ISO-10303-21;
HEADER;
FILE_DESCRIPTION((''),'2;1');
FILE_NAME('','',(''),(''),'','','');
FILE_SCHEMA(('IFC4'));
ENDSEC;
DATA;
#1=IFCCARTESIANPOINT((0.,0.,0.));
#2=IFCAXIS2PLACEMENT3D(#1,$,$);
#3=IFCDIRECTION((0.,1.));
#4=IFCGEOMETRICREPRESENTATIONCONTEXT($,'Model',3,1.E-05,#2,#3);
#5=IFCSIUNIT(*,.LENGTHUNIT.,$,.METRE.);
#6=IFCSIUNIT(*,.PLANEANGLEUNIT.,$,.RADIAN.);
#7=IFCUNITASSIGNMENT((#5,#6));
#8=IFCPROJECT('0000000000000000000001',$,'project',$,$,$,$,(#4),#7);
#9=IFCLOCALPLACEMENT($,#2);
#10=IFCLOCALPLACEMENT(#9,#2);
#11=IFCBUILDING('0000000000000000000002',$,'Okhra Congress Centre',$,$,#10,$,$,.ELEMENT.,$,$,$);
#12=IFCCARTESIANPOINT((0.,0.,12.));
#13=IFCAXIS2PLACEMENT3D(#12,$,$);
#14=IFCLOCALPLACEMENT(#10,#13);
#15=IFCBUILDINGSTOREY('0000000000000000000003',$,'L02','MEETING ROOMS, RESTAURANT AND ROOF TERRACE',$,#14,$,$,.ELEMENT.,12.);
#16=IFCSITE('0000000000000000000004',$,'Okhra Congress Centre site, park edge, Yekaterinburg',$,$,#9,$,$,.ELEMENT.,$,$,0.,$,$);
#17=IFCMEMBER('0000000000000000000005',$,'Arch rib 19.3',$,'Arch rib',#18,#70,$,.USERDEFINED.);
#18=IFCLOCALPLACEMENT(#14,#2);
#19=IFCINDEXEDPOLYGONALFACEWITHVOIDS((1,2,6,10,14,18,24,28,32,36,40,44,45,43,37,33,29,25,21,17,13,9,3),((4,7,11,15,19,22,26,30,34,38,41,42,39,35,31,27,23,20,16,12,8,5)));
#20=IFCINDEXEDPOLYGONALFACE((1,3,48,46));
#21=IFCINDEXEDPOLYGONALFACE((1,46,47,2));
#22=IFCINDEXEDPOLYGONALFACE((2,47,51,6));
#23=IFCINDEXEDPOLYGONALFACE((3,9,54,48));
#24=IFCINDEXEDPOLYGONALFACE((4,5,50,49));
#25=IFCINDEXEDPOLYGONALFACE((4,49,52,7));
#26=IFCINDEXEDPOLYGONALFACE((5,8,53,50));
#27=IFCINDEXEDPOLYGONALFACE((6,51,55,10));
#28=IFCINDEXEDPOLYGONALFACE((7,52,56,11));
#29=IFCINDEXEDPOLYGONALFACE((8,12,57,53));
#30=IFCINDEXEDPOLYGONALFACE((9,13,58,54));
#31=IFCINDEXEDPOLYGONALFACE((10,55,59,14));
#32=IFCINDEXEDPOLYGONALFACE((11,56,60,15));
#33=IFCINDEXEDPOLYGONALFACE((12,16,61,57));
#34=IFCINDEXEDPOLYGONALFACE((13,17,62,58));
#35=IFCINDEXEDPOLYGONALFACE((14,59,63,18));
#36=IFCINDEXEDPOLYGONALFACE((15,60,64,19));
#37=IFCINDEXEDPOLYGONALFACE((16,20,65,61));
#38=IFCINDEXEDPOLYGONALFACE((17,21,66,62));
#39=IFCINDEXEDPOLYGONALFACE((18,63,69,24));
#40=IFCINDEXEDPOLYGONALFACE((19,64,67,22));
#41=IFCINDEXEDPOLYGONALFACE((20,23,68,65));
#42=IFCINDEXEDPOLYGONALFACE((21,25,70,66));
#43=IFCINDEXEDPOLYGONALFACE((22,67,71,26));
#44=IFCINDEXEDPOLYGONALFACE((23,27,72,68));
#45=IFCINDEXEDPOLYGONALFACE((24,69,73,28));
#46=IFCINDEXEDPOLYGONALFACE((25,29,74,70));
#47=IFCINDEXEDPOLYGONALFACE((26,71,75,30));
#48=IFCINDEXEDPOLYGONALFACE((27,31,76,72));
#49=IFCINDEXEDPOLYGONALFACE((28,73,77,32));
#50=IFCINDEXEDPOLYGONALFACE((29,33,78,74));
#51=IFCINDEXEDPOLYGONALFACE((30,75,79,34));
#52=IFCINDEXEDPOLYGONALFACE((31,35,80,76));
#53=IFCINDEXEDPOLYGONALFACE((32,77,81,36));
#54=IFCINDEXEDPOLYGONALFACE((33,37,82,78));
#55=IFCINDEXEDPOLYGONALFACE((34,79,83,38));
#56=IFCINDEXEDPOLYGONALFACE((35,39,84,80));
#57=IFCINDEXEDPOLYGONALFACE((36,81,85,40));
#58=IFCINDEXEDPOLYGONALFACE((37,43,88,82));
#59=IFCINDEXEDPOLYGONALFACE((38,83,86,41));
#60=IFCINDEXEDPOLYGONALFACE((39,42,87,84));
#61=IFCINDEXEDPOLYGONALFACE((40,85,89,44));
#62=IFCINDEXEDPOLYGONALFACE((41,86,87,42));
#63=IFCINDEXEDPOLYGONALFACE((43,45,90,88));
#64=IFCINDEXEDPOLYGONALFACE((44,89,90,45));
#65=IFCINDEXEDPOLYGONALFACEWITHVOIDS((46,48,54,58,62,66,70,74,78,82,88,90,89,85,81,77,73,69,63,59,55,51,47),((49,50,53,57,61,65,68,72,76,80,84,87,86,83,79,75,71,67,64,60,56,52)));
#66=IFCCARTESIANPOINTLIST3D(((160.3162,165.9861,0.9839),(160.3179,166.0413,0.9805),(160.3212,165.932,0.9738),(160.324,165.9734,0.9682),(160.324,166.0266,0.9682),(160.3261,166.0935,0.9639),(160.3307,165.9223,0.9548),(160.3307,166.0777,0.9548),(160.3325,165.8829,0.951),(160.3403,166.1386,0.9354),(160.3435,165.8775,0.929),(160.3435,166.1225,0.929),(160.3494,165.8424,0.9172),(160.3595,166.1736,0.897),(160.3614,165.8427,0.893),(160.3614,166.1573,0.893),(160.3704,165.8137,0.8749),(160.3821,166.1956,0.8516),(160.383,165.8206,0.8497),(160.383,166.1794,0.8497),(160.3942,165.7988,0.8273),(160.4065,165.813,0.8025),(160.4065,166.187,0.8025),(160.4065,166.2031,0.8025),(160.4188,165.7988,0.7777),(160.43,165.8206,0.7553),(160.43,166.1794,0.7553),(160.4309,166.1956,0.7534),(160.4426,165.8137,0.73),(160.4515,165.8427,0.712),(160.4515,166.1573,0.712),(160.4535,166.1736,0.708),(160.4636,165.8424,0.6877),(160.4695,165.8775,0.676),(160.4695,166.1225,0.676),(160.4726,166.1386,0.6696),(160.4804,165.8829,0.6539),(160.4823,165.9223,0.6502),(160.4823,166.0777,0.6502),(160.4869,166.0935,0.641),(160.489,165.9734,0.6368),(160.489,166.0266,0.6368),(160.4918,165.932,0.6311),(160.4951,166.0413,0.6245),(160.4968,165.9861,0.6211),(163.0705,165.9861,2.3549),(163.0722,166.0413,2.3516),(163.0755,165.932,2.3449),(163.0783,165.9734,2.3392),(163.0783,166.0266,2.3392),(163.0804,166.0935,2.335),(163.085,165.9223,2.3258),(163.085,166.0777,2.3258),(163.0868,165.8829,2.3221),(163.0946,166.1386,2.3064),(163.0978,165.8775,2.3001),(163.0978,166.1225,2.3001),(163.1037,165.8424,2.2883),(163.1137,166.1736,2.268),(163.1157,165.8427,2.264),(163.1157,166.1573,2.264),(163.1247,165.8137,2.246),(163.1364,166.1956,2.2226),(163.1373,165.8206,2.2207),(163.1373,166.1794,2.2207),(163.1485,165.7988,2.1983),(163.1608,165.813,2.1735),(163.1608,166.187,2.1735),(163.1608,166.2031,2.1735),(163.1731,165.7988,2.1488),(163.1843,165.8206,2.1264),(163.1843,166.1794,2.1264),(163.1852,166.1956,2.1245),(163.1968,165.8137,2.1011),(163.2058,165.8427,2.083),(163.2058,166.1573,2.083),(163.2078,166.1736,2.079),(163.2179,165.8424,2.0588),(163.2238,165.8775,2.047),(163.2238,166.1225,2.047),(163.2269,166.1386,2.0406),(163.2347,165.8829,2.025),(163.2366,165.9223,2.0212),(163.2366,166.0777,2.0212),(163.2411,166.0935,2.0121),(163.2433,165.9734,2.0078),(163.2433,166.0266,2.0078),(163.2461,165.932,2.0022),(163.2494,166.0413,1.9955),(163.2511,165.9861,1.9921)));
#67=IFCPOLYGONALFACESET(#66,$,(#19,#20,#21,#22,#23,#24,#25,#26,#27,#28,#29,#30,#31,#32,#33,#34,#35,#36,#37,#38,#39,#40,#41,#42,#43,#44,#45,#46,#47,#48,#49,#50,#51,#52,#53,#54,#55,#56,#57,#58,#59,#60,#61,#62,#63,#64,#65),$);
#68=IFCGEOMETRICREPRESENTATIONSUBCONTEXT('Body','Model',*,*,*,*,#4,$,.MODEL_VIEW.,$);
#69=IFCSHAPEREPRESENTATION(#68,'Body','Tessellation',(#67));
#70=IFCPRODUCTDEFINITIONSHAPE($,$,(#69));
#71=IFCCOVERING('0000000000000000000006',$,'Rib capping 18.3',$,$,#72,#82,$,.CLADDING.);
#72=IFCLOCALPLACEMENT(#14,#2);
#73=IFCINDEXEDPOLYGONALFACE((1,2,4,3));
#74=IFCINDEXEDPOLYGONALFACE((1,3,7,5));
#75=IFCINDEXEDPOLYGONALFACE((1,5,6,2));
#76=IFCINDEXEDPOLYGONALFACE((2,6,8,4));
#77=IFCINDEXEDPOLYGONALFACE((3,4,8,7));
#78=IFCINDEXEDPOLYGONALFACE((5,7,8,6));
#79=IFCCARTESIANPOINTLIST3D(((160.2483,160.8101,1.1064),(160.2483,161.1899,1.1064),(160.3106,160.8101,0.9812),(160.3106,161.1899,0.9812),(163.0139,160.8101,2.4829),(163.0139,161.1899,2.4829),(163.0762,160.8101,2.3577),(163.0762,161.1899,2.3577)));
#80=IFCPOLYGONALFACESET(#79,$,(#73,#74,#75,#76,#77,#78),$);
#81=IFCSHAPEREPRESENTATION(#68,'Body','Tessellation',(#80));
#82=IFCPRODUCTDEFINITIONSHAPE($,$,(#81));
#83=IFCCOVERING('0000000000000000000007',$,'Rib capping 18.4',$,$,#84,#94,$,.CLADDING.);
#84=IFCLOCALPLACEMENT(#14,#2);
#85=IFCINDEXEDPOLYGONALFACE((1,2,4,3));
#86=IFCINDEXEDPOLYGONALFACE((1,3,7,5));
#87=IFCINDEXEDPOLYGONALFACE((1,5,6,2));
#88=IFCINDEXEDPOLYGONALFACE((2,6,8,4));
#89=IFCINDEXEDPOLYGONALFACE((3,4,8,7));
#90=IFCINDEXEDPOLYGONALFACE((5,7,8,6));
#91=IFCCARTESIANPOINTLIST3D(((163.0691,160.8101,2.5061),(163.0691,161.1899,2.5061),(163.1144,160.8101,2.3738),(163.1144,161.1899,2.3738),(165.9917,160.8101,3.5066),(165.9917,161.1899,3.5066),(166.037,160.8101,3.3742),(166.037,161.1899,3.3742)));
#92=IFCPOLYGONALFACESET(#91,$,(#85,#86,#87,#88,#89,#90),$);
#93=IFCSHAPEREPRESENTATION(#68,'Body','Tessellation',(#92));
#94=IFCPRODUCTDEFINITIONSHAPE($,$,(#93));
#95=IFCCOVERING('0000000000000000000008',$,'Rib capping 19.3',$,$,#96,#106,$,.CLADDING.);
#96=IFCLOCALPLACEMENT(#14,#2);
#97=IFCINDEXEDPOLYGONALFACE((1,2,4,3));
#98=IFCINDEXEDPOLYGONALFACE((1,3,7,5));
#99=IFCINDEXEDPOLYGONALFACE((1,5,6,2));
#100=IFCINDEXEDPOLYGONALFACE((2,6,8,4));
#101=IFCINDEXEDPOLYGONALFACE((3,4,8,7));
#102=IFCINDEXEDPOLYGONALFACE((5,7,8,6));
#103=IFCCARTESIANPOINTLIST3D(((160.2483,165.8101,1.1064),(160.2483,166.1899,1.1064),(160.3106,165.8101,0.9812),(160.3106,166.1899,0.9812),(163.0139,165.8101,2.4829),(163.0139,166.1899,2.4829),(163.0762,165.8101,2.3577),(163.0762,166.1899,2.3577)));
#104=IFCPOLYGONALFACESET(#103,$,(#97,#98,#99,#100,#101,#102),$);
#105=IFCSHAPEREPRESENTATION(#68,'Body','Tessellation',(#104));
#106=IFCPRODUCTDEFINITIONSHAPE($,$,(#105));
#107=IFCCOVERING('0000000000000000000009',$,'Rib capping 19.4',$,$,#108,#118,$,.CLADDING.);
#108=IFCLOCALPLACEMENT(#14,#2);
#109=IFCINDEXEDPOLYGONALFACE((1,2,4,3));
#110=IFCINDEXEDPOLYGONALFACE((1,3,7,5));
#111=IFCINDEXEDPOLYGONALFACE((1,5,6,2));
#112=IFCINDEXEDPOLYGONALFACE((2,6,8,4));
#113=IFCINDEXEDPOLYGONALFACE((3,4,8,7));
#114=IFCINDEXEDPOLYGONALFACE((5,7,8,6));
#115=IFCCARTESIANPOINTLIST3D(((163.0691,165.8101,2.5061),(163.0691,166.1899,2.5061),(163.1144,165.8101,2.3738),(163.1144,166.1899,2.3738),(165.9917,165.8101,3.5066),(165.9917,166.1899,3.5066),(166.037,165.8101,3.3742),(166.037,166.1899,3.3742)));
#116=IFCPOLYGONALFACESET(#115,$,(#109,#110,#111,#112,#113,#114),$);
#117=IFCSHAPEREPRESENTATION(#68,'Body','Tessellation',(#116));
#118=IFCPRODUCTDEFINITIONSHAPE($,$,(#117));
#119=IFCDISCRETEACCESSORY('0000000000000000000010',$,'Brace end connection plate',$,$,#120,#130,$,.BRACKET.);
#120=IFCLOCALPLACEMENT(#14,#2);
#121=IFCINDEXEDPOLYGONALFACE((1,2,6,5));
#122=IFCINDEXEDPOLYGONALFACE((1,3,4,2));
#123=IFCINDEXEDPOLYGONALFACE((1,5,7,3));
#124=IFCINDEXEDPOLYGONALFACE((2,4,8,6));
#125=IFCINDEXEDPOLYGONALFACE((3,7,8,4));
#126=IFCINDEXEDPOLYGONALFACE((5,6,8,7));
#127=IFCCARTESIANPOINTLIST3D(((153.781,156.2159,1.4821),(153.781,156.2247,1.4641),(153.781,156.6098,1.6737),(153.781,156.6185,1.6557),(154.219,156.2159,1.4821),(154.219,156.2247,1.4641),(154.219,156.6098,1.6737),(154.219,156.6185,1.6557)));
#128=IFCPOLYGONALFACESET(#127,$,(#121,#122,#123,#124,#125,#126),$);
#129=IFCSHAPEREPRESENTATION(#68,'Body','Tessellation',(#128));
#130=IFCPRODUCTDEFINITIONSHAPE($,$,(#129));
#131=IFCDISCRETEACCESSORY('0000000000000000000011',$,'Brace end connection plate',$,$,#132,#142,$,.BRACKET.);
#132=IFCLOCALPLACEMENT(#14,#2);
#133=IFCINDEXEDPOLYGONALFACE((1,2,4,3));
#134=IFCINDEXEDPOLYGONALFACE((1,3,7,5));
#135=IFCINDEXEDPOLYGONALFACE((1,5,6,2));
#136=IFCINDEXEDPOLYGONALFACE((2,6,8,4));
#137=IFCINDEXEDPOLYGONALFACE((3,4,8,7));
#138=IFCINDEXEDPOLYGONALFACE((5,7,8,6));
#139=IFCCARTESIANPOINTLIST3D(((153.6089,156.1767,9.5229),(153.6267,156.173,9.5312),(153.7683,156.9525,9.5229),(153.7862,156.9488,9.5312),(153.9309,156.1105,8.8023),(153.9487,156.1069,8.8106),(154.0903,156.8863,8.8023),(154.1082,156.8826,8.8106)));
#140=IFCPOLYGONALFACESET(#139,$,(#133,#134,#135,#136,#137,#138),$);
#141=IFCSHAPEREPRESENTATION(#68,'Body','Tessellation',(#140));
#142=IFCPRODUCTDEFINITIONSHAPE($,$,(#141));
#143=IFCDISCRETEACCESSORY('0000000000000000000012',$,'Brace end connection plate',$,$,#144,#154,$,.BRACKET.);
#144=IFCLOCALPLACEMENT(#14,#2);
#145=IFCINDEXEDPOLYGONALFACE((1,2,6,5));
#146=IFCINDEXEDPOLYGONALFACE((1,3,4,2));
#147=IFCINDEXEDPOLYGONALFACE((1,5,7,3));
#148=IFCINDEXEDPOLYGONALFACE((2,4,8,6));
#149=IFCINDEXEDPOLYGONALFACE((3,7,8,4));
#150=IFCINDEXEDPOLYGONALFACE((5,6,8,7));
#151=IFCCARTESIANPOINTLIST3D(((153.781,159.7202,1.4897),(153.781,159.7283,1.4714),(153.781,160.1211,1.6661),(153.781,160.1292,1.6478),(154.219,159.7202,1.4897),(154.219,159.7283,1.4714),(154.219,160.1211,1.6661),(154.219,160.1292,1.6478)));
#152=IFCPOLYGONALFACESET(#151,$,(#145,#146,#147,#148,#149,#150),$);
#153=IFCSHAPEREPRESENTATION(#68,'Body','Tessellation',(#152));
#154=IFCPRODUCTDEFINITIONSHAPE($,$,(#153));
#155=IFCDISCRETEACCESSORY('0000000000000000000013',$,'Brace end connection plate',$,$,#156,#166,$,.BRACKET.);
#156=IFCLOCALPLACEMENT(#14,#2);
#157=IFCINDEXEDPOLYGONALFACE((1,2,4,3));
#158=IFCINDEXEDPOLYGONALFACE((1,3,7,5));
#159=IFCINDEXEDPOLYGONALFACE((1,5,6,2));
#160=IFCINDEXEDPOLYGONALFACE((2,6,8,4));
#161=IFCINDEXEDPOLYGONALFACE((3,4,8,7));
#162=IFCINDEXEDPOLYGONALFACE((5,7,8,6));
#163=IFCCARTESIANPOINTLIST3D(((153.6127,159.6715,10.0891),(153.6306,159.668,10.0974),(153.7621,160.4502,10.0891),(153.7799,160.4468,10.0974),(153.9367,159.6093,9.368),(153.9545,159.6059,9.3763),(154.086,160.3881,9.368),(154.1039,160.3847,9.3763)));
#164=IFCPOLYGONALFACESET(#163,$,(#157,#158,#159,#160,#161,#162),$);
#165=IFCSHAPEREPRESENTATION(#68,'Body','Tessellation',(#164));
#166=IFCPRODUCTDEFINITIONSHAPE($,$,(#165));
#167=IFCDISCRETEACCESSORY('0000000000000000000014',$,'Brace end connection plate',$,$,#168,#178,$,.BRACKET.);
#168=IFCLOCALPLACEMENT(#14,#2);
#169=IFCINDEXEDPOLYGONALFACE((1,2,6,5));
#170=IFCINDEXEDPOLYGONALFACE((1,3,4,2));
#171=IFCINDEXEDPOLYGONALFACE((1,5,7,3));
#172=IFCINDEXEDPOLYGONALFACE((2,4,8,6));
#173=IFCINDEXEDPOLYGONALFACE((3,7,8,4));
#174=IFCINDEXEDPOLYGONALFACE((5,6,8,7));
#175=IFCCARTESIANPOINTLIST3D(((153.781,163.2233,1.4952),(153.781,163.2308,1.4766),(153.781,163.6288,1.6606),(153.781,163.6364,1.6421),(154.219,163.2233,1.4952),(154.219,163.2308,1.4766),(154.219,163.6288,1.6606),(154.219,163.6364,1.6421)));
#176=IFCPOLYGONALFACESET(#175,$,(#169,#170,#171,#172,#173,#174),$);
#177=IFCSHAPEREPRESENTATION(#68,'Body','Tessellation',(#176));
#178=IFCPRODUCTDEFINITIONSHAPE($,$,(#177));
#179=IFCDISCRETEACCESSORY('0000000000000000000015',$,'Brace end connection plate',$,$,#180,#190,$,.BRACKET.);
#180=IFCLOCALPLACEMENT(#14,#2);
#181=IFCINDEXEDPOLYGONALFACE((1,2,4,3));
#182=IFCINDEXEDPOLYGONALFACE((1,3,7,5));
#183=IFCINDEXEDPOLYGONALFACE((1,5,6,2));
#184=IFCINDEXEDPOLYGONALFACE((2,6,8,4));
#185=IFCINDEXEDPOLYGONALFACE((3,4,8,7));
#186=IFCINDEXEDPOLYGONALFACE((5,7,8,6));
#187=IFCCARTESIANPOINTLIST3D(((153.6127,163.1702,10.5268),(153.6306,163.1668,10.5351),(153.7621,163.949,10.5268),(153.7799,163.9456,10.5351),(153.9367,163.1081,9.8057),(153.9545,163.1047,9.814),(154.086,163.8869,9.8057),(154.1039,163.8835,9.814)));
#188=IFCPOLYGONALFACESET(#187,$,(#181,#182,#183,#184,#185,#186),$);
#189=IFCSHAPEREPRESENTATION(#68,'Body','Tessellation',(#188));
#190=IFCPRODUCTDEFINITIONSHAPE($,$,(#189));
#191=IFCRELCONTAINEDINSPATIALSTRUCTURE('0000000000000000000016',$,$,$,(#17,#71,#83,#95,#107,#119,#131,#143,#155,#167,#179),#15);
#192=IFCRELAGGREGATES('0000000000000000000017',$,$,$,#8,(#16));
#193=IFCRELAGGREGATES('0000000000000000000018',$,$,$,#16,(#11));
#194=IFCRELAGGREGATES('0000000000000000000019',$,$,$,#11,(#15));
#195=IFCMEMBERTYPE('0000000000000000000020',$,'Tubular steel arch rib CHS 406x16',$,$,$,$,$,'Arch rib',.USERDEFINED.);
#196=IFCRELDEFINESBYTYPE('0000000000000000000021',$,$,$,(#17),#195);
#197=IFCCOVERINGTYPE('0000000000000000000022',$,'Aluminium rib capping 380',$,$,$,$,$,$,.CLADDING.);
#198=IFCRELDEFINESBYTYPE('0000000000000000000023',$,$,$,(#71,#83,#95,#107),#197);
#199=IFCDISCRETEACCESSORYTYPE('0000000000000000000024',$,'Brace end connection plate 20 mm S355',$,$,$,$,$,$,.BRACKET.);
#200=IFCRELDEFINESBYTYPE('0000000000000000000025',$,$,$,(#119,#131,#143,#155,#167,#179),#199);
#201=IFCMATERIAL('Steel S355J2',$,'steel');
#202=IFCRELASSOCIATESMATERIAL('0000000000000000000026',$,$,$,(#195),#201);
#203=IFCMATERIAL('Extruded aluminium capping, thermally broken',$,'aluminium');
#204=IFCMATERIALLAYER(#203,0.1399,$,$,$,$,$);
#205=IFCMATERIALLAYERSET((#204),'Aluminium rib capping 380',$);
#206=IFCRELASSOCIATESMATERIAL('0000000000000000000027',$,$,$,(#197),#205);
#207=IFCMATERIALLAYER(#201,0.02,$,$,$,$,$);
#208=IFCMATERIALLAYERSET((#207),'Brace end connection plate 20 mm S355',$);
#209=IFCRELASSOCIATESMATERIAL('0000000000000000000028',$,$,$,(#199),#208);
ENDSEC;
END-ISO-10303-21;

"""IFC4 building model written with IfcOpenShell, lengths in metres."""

from ifc_helpers import new_model, si_unit, direction, frame, origin, origin_2d, place, context, subcontext, project, spatial, polyline, rectangle, hollow_circle, outline, extrude, material, layer, layer_set, material_profile, profile_set, type_object, element, save


model = new_model("IFC4")

# Units and contexts
model_context = context("Model", 3, precision=1e-05, world=origin(), true_north=direction((0.0, 1.0)))
body_context = subcontext(model_context, "Body", "Model", "MODEL_VIEW")
ifc_project = project(units=[si_unit("LENGTHUNIT", "METRE"), si_unit("PLANEANGLEUNIT", "RADIAN")], contexts=[model_context])

# Site, building, storey
site_placement = place(None, origin())
site = spatial("IfcSite", under=ifc_project, at=site_placement, Name="Okhra Congress Centre site, park edge, Yekaterinburg", CompositionType="ELEMENT", RefElevation=0.0)
building_placement = place(site_placement, origin())
building = spatial("IfcBuilding", under=site, at=building_placement, Name="Okhra Congress Centre", CompositionType="ELEMENT")
storey_placement = place(building_placement, frame((0.0, 0.0, 12.0)))
storey = spatial("IfcBuildingStorey", under=building, at=storey_placement, Name="L02", Description="MEETING ROOMS, RESTAURANT AND ROOF TERRACE", CompositionType="ELEMENT", Elevation=12.0)

# Member
ifc_material_1 = material(Name="Steel S355J2", Category="steel")
ifc_material_profile_1 = material_profile(ifc_material_1, hollow_circle(Radius=0.2031, WallThickness=0.0161, at=origin_2d()), Name="CHS 406.4x16")
ifc_profile_set_1 = profile_set([ifc_material_profile_1], Name="Steel S355J2")
member_type_1 = type_object("IfcMemberType", Name="Tubular steel arch rib CHS 406x16", ElementType="Arch rib", PredefinedType="USERDEFINED", material=ifc_profile_set_1)
for number, where, z_axis, x_axis, name in (
    (1, (160.4065, 166.0, 0.8025), (0.895219, 0.0, 0.445626), (0.0, 1.0, 0.0), "Arch rib 19.3"),
):
    element("IfcMember", number, at=place(storey_placement, frame(where, z_axis=z_axis, x_axis=x_axis)), inside=storey, type_object=member_type_1, Name=name, ObjectType="Arch rib", PredefinedType="USERDEFINED", context=body_context, shape_type="SweptSolid", body=[
        extrude(hollow_circle(Radius=0.2031, WallThickness=0.0161, at=origin_2d()), origin(), (0.0, 0.0, 1.0), 3.0767),
    ])

# Coverings
ifc_material_2 = material(Name="Extruded aluminium capping, thermally broken", Category="aluminium")
ifc_layer_1 = layer(ifc_material_2, 0.1399)
ifc_layer_set_1 = layer_set([ifc_layer_1], Name="Aluminium rib capping 380")
covering_type = type_object("IfcCoveringType", Name="Aluminium rib capping 380", PredefinedType="CLADDING", material=ifc_layer_set_1)
covering_1_placement = place(storey_placement, frame((160.2483, 160.8101, 1.1064), z_axis=(-0.445569, 0.0, 0.895248), x_axis=(0.895248, 0.0, 0.445569)))
element("IfcCovering", 2, at=covering_1_placement, inside=storey, type_object=covering_type, Name="Rib capping 18.3", PredefinedType="CLADDING", context=body_context, shape_type="SweptSolid", body=[
    extrude(outline(polyline([(0.0, 0.0), (3.0892, 0.0), (3.0892, 0.3799), (0.0, 0.3799), (0.0, 0.0)])), origin(), (0.0, 0.0, -1.0), 0.1399),
])
covering_2_placement = place(storey_placement, frame((163.0691, 160.8101, 2.5061), z_axis=(-0.323876, 0.0, 0.9461), x_axis=(0.9461, 0.0, 0.323876)))
element("IfcCovering", 3, at=covering_2_placement, inside=storey, type_object=covering_type, Name="Rib capping 18.4", PredefinedType="CLADDING", context=body_context, shape_type="SweptSolid", body=[
    extrude(outline(polyline([(0.0, 0.0), (3.0891, 0.0), (3.0891, 0.3799), (0.0, 0.3799), (0.0, 0.0)])), origin(), (0.0, 0.0, -1.0), 0.1399),
])
covering_3_placement = place(storey_placement, frame((160.2483, 165.8101, 1.1064), z_axis=(-0.445569, 0.0, 0.895248), x_axis=(0.895248, 0.0, 0.445569)))
element("IfcCovering", 4, at=covering_3_placement, inside=storey, type_object=covering_type, Name="Rib capping 19.3", PredefinedType="CLADDING", context=body_context, shape_type="SweptSolid", body=[
    extrude(outline(polyline([(0.0, 0.0), (3.0892, 0.0), (3.0892, 0.3799), (0.0, 0.3799), (0.0, 0.0)])), origin(), (0.0, 0.0, -1.0), 0.1399),
])
covering_4_placement = place(storey_placement, frame((163.0691, 165.8101, 2.5061), z_axis=(-0.323876, 0.0, 0.9461), x_axis=(0.9461, 0.0, 0.323876)))
element("IfcCovering", 5, at=covering_4_placement, inside=storey, type_object=covering_type, Name="Rib capping 19.4", PredefinedType="CLADDING", context=body_context, shape_type="SweptSolid", body=[
    extrude(outline(polyline([(0.0, 0.0), (3.0891, 0.0), (3.0891, 0.3799), (0.0, 0.3799), (0.0, 0.0)])), origin(), (0.0, 0.0, -1.0), 0.1399),
])

# Discrete accessories
ifc_layer_2 = layer(ifc_material_1, 0.02)
ifc_layer_set_2 = layer_set([ifc_layer_2], Name="Brace end connection plate 20 mm S355")
discrete_accessory_type = type_object("IfcDiscreteAccessoryType", Name="Brace end connection plate 20 mm S355", PredefinedType="BRACKET", material=ifc_layer_set_2)
discrete_accessory_1_placement = place(storey_placement, frame((154.0, 156.4128, 1.5779), z_axis=(0.0, 0.437466, -0.899235), x_axis=(-1.0, 0.0, 0.0)))
element("IfcDiscreteAccessory", 6, at=discrete_accessory_1_placement, inside=storey, type_object=discrete_accessory_type, Name="Brace end connection plate", PredefinedType="BRACKET", context=body_context, shape_type="SweptSolid", body=[
    extrude(rectangle(XDim=0.438, YDim=0.438, at=origin_2d()), origin(), (0.0, 0.0, 1.0), 0.02),
])
discrete_accessory_2_placement = place(storey_placement, frame((153.8496, 156.5315, 9.1626), z_axis=(0.891172, -0.183118, 0.415066), x_axis=(0.201274, 0.979535, 0.0)))
element("IfcDiscreteAccessory", 7, at=discrete_accessory_2_placement, inside=storey, type_object=discrete_accessory_type, Name="Brace end connection plate", PredefinedType="BRACKET", context=body_context, shape_type="SweptSolid", body=[
    extrude(rectangle(XDim=0.792, YDim=0.792, at=origin_2d()), origin(), (0.0, 0.0, 1.0), 0.02),
])
discrete_accessory_3_placement = place(storey_placement, frame((154.0, 159.9207, 1.5779), z_axis=(0.0, 0.402739, -0.915315), x_axis=(-1.0, 0.0, 0.0)))
element("IfcDiscreteAccessory", 8, at=discrete_accessory_3_placement, inside=storey, type_object=discrete_accessory_type, Name="Brace end connection plate", PredefinedType="BRACKET", context=body_context, shape_type="SweptSolid", body=[
    extrude(rectangle(XDim=0.438, YDim=0.438, at=origin_2d()), origin(), (0.0, 0.0, 1.0), 0.02),
])
discrete_accessory_4_placement = place(storey_placement, frame((153.8494, 160.0298, 9.7285), z_axis=(0.893104, -0.17128, 0.415966), x_axis=(0.188348, 0.982102, 0.0)))
element("IfcDiscreteAccessory", 9, at=discrete_accessory_4_placement, inside=storey, type_object=discrete_accessory_type, Name="Brace end connection plate", PredefinedType="BRACKET", context=body_context, shape_type="SweptSolid", body=[
    extrude(rectangle(XDim=0.793, YDim=0.793, at=origin_2d()), origin(), (0.0, 0.0, 1.0), 0.02),
])
discrete_accessory_5_placement = place(storey_placement, frame((154.0, 163.426, 1.5779), z_axis=(0.0, 0.377684, -0.925935), x_axis=(-1.0, 0.0, 0.0)))
element("IfcDiscreteAccessory", 10, at=discrete_accessory_5_placement, inside=storey, type_object=discrete_accessory_type, Name="Brace end connection plate", PredefinedType="BRACKET", context=body_context, shape_type="SweptSolid", body=[
    extrude(rectangle(XDim=0.438, YDim=0.438, at=origin_2d()), origin(), (0.0, 0.0, 1.0), 0.02),
])
discrete_accessory_6_placement = place(storey_placement, frame((153.8494, 163.5286, 10.1663), z_axis=(0.893104, -0.17128, 0.415966), x_axis=(0.188348, 0.982102, 0.0)))
element("IfcDiscreteAccessory", 11, at=discrete_accessory_6_placement, inside=storey, type_object=discrete_accessory_type, Name="Brace end connection plate", PredefinedType="BRACKET", context=body_context, shape_type="SweptSolid", body=[
    extrude(rectangle(XDim=0.793, YDim=0.793, at=origin_2d()), origin(), (0.0, 0.0, 1.0), 0.02),
])

save(model, "model.ifc")
